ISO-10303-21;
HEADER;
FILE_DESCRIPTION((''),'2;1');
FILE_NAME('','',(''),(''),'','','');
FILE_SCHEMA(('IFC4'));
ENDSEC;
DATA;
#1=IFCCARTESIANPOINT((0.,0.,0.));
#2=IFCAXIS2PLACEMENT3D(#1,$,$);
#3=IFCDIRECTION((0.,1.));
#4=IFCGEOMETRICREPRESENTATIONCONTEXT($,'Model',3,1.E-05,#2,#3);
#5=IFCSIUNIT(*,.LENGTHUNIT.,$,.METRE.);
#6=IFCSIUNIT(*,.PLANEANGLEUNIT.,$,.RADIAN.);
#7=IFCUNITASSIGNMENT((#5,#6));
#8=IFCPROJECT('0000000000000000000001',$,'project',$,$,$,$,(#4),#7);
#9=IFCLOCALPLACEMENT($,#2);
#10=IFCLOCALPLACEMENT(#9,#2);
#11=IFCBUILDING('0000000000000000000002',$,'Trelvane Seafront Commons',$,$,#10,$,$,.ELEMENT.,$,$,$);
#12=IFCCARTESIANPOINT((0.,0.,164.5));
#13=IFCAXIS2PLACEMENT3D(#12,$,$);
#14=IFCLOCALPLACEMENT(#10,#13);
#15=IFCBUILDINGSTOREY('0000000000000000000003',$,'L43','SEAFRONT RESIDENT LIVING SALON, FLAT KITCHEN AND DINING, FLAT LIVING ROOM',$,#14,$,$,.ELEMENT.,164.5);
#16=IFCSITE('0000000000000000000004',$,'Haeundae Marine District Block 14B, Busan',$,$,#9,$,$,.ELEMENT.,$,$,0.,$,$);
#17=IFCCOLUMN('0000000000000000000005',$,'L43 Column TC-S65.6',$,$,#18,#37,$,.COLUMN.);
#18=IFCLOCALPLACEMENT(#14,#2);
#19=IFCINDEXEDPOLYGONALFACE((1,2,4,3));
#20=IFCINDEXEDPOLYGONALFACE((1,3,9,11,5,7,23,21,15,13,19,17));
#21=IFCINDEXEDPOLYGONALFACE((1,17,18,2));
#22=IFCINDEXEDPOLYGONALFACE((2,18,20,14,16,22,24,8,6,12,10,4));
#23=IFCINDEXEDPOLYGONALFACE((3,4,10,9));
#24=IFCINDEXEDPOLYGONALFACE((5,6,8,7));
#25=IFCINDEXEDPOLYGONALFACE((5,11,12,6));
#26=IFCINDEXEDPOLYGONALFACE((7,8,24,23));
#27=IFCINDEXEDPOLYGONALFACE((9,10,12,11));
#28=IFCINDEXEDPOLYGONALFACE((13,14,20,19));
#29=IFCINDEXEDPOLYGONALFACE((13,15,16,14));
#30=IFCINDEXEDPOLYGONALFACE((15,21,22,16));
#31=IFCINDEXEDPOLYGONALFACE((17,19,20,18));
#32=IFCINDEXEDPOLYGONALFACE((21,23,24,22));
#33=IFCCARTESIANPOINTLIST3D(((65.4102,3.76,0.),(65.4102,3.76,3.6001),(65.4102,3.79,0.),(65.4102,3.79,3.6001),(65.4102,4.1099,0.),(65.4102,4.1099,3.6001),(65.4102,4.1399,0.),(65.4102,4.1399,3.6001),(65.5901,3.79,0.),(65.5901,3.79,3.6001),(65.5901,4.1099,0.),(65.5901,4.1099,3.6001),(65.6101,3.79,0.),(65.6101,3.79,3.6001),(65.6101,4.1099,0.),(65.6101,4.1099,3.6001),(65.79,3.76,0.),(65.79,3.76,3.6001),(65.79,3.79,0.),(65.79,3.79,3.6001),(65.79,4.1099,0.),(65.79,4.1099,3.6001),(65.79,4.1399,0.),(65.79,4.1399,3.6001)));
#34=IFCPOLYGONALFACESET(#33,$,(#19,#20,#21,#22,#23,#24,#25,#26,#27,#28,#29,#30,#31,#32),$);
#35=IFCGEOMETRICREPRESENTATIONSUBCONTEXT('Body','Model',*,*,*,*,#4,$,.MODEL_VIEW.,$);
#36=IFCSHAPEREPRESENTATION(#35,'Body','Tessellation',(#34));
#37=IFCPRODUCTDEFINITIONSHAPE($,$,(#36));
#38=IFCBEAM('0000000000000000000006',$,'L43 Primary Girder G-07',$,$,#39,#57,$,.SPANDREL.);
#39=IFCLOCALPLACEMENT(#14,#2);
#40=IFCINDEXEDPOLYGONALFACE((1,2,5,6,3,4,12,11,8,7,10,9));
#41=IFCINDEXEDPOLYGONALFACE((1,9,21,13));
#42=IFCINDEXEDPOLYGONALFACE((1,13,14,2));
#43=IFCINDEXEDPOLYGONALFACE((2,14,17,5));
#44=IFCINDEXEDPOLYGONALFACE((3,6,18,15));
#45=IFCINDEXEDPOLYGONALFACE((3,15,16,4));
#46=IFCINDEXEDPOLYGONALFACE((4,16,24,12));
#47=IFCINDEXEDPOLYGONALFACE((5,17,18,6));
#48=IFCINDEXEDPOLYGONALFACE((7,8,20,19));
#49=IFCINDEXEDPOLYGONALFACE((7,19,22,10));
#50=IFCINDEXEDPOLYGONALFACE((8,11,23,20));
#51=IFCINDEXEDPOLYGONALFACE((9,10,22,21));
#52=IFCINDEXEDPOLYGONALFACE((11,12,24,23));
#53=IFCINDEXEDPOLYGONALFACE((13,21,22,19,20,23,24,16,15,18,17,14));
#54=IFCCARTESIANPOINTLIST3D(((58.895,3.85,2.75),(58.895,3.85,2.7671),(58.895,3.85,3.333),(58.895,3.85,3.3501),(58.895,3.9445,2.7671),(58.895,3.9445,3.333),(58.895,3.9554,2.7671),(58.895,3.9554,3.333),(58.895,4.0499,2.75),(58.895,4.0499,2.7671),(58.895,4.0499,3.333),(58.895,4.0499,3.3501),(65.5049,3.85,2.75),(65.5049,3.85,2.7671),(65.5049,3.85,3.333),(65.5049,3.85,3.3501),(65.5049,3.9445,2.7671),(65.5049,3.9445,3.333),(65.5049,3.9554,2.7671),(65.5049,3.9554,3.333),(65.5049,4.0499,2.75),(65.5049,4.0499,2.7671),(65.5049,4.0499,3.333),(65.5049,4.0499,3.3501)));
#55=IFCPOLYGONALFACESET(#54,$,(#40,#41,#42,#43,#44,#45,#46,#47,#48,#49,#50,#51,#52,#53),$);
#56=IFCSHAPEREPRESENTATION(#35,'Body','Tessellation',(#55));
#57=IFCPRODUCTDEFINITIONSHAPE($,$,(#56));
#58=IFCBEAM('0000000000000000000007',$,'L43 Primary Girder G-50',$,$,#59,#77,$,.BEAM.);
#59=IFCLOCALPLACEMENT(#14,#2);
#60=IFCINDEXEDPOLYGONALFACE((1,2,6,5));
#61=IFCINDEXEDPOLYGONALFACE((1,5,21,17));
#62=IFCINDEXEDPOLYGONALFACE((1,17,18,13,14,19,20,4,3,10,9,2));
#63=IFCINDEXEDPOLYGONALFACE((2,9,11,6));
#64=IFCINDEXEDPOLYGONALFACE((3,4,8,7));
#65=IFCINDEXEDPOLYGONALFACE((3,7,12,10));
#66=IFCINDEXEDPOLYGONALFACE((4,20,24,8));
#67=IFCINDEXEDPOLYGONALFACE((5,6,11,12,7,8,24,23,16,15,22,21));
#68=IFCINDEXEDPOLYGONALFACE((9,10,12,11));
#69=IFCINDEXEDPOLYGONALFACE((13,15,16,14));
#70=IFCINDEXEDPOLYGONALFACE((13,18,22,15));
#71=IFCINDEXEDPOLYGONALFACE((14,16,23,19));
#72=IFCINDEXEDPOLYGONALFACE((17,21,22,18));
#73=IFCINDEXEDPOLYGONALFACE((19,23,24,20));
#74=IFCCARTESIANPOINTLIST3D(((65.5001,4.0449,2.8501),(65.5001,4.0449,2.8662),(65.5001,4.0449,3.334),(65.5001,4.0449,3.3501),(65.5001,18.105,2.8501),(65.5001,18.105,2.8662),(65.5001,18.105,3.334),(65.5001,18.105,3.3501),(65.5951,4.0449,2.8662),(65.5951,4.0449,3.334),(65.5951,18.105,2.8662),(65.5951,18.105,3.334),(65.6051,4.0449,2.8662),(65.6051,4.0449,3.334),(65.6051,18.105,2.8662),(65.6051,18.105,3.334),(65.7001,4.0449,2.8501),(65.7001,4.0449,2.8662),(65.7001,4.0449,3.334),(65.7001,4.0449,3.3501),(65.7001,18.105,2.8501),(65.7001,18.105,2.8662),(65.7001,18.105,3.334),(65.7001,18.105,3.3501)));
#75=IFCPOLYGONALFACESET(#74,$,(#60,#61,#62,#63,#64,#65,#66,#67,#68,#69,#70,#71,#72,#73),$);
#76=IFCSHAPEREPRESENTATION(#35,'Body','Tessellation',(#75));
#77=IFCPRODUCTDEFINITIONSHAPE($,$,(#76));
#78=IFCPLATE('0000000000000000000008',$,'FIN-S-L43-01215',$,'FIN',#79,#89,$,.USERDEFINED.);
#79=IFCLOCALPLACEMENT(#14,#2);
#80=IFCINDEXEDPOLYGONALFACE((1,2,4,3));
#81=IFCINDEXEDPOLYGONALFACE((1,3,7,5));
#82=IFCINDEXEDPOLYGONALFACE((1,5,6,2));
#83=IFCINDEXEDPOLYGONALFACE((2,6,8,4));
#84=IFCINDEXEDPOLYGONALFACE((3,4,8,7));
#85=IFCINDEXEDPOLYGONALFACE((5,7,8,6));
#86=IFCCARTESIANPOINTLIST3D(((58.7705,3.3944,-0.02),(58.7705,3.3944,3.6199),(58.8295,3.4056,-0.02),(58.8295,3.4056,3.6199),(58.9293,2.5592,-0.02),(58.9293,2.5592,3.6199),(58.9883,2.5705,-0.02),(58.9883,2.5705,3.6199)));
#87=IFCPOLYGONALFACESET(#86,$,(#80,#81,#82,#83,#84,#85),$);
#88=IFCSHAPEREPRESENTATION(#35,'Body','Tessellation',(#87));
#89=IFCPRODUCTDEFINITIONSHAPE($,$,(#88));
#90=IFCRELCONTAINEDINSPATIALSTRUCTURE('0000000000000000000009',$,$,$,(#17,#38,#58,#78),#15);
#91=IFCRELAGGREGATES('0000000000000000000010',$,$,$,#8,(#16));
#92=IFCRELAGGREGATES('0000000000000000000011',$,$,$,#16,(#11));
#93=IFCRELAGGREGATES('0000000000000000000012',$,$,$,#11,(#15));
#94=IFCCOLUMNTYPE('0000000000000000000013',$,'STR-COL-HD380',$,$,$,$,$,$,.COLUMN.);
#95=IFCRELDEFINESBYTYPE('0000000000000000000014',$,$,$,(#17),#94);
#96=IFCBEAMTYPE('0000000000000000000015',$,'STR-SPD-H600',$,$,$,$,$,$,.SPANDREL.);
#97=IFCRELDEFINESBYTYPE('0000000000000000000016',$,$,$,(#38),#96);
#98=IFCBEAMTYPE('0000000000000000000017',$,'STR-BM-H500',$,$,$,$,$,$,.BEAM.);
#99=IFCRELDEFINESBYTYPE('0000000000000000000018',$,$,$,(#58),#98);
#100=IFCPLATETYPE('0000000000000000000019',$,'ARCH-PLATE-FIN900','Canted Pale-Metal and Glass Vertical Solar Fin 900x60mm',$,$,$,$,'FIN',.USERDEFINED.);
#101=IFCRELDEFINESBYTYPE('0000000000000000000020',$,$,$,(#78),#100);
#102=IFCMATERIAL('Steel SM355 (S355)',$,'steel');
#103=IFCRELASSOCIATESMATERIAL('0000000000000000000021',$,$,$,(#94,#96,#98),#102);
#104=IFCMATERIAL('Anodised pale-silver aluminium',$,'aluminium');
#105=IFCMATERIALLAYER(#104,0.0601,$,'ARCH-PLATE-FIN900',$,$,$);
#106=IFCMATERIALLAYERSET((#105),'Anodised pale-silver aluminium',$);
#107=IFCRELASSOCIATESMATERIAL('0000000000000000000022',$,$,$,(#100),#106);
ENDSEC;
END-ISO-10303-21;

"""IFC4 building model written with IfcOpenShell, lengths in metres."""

from ifc_helpers import new_model, si_unit, direction, frame, origin, origin_2d, place, context, subcontext, project, spatial, rectangle, i_section, extrude, source, transform, mapped, material, layer, layer_set, material_profile, profile_set, type_object, element, save


model = new_model("IFC4")

# Units and contexts
model_context = context("Model", 3, precision=1e-05, world=origin(), true_north=direction((0.0, 1.0)))
body_context = subcontext(model_context, "Body", "Model", "MODEL_VIEW")
ifc_project = project(units=[si_unit("LENGTHUNIT", "METRE"), si_unit("PLANEANGLEUNIT", "RADIAN")], contexts=[model_context])

# Site, building, storey
site_placement = place(None, origin())
site = spatial("IfcSite", under=ifc_project, at=site_placement, Name="Haeundae Marine District Block 14B, Busan", CompositionType="ELEMENT", RefElevation=0.0)
building_placement = place(site_placement, origin())
building = spatial("IfcBuilding", under=site, at=building_placement, Name="Trelvane Seafront Commons", CompositionType="ELEMENT")
storey_placement = place(building_placement, frame((0.0, 0.0, 164.5)))
storey = spatial("IfcBuildingStorey", under=building, at=storey_placement, Name="L43", Description="SEAFRONT RESIDENT LIVING SALON, FLAT KITCHEN AND DINING, FLAT LIVING ROOM", CompositionType="ELEMENT", Elevation=164.5)

# Column
ifc_material_1 = material(Name="Steel SM355 (S355)", Category="steel")
ifc_material_profile_1 = material_profile(ifc_material_1, i_section(OverallWidth=0.3799, OverallDepth=0.3799, WebThickness=0.02, FlangeThickness=0.03, at=origin_2d()), Name="HD-380x380x20x30")
ifc_profile_set_1 = profile_set([ifc_material_profile_1], Name="Steel SM355 (S355)")
column_type = type_object("IfcColumnType", Name="STR-COL-HD380", PredefinedType="COLUMN", material=ifc_profile_set_1)
shared_shape_1 = source(origin(), body_context, "Body", "SweptSolid", [
    extrude(i_section(OverallWidth=0.3799, OverallDepth=0.3799, WebThickness=0.02, FlangeThickness=0.03, at=origin_2d()), origin(), (0.0, 0.0, 1.0), 3.6001),
])
column_placement = place(storey_placement, frame((65.6001, 3.95, 0.0), z_axis=(0.0, 0.0, 1.0), x_axis=(1.0, 0.0, 0.0)))
element("IfcColumn", 1, at=column_placement, inside=storey, type_object=column_type, Name="L43 Column TC-S65.6", PredefinedType="COLUMN", context=body_context, shape_type="MappedRepresentation", body=[
    mapped(shared_shape_1, transform((0.0, 0.0, 0.0), x_axis=(1.0, 0.0, 0.0), y_axis=(0.0, 1.0, 0.0), z_axis=(0.0, 0.0, 1.0), scale=1.0)),
])

# Beams
ifc_material_profile_2 = material_profile(ifc_material_1, i_section(OverallWidth=0.2, OverallDepth=0.6001, WebThickness=0.011, FlangeThickness=0.0171, at=origin_2d()), Name="H-600x200x11x17")
ifc_profile_set_2 = profile_set([ifc_material_profile_2], Name="Steel SM355 (S355)")
beam_type_1 = type_object("IfcBeamType", Name="STR-SPD-H600", PredefinedType="SPANDREL", material=ifc_profile_set_2)
shared_shape_2 = source(origin(), body_context, "Body", "SweptSolid", [
    extrude(i_section(OverallWidth=0.2, OverallDepth=0.6001, WebThickness=0.011, FlangeThickness=0.0171, at=origin_2d()), origin(), (0.0, 0.0, 1.0), 6.6099),
])
beam_1_placement = place(storey_placement, frame((58.895, 3.95, 3.05), z_axis=(1.0, 0.0, 0.0), x_axis=(0.0, 1.0, 0.0)))
element("IfcBeam", 2, at=beam_1_placement, inside=storey, type_object=beam_type_1, Name="L43 Primary Girder G-07", PredefinedType="SPANDREL", context=body_context, shape_type="MappedRepresentation", body=[
    mapped(shared_shape_2, transform((0.0, 0.0, 0.0), x_axis=(1.0, 0.0, 0.0), y_axis=(0.0, 1.0, 0.0), z_axis=(0.0, 0.0, 1.0), scale=1.0)),
])
ifc_material_profile_3 = material_profile(ifc_material_1, i_section(OverallWidth=0.2, OverallDepth=0.5, WebThickness=0.01, FlangeThickness=0.0161, at=origin_2d()), Name="H-500x200x10x16")
ifc_profile_set_3 = profile_set([ifc_material_profile_3], Name="Steel SM355 (S355)")
beam_type_2 = type_object("IfcBeamType", Name="STR-BM-H500", PredefinedType="BEAM", material=ifc_profile_set_3)
shared_shape_3 = source(origin(), body_context, "Body", "SweptSolid", [
    extrude(i_section(OverallWidth=0.2, OverallDepth=0.5, WebThickness=0.01, FlangeThickness=0.0161, at=origin_2d()), origin(), (0.0, 0.0, 1.0), 14.0601),
])
beam_2_placement = place(storey_placement, frame((65.6001, 4.0449, 3.1001), z_axis=(0.0, 1.0, 0.0), x_axis=(-1.0, 0.0, 0.0)))
element("IfcBeam", 3, at=beam_2_placement, inside=storey, type_object=beam_type_2, Name="L43 Primary Girder G-50", PredefinedType="BEAM", context=body_context, shape_type="MappedRepresentation", body=[
    mapped(shared_shape_3, transform((0.0, 0.0, 0.0), x_axis=(1.0, 0.0, 0.0), y_axis=(0.0, 1.0, 0.0), z_axis=(0.0, 0.0, 1.0), scale=1.0)),
])

# Plate
ifc_material_2 = material(Name="Anodised pale-silver aluminium", Category="aluminium")
ifc_layer_1 = layer(ifc_material_2, 0.0601, Name="ARCH-PLATE-FIN900")
ifc_layer_set_1 = layer_set([ifc_layer_1], Name="Anodised pale-silver aluminium")
plate_type = type_object("IfcPlateType", Name="ARCH-PLATE-FIN900", Description="Canted Pale-Metal and Glass Vertical Solar Fin 900x60mm", ElementType="FIN", PredefinedType="USERDEFINED", material=ifc_layer_set_1)
shared_shape_4 = source(origin(), body_context, "Body", "SweptSolid", [
    extrude(rectangle(XDim=0.8501, YDim=0.0601, at=origin_2d()), origin(), (0.0, 0.0, 1.0), 3.6399),
])
plate_placement = place(storey_placement, frame((58.8794, 2.9824, -0.02), z_axis=(0.0, 0.0, 1.0), x_axis=(0.186831, -0.982392, 0.0)))
element("IfcPlate", 4, at=plate_placement, inside=storey, type_object=plate_type, Name="FIN-S-L43-01215", ObjectType="FIN", PredefinedType="USERDEFINED", context=body_context, shape_type="MappedRepresentation", body=[
    mapped(shared_shape_4, transform((0.0, 0.0, 0.0), x_axis=(1.0, 0.0, 0.0), y_axis=(0.0, 1.0, 0.0), z_axis=(0.0, 0.0, 1.0), scale=1.0)),
])

save(model, "model.ifc")
